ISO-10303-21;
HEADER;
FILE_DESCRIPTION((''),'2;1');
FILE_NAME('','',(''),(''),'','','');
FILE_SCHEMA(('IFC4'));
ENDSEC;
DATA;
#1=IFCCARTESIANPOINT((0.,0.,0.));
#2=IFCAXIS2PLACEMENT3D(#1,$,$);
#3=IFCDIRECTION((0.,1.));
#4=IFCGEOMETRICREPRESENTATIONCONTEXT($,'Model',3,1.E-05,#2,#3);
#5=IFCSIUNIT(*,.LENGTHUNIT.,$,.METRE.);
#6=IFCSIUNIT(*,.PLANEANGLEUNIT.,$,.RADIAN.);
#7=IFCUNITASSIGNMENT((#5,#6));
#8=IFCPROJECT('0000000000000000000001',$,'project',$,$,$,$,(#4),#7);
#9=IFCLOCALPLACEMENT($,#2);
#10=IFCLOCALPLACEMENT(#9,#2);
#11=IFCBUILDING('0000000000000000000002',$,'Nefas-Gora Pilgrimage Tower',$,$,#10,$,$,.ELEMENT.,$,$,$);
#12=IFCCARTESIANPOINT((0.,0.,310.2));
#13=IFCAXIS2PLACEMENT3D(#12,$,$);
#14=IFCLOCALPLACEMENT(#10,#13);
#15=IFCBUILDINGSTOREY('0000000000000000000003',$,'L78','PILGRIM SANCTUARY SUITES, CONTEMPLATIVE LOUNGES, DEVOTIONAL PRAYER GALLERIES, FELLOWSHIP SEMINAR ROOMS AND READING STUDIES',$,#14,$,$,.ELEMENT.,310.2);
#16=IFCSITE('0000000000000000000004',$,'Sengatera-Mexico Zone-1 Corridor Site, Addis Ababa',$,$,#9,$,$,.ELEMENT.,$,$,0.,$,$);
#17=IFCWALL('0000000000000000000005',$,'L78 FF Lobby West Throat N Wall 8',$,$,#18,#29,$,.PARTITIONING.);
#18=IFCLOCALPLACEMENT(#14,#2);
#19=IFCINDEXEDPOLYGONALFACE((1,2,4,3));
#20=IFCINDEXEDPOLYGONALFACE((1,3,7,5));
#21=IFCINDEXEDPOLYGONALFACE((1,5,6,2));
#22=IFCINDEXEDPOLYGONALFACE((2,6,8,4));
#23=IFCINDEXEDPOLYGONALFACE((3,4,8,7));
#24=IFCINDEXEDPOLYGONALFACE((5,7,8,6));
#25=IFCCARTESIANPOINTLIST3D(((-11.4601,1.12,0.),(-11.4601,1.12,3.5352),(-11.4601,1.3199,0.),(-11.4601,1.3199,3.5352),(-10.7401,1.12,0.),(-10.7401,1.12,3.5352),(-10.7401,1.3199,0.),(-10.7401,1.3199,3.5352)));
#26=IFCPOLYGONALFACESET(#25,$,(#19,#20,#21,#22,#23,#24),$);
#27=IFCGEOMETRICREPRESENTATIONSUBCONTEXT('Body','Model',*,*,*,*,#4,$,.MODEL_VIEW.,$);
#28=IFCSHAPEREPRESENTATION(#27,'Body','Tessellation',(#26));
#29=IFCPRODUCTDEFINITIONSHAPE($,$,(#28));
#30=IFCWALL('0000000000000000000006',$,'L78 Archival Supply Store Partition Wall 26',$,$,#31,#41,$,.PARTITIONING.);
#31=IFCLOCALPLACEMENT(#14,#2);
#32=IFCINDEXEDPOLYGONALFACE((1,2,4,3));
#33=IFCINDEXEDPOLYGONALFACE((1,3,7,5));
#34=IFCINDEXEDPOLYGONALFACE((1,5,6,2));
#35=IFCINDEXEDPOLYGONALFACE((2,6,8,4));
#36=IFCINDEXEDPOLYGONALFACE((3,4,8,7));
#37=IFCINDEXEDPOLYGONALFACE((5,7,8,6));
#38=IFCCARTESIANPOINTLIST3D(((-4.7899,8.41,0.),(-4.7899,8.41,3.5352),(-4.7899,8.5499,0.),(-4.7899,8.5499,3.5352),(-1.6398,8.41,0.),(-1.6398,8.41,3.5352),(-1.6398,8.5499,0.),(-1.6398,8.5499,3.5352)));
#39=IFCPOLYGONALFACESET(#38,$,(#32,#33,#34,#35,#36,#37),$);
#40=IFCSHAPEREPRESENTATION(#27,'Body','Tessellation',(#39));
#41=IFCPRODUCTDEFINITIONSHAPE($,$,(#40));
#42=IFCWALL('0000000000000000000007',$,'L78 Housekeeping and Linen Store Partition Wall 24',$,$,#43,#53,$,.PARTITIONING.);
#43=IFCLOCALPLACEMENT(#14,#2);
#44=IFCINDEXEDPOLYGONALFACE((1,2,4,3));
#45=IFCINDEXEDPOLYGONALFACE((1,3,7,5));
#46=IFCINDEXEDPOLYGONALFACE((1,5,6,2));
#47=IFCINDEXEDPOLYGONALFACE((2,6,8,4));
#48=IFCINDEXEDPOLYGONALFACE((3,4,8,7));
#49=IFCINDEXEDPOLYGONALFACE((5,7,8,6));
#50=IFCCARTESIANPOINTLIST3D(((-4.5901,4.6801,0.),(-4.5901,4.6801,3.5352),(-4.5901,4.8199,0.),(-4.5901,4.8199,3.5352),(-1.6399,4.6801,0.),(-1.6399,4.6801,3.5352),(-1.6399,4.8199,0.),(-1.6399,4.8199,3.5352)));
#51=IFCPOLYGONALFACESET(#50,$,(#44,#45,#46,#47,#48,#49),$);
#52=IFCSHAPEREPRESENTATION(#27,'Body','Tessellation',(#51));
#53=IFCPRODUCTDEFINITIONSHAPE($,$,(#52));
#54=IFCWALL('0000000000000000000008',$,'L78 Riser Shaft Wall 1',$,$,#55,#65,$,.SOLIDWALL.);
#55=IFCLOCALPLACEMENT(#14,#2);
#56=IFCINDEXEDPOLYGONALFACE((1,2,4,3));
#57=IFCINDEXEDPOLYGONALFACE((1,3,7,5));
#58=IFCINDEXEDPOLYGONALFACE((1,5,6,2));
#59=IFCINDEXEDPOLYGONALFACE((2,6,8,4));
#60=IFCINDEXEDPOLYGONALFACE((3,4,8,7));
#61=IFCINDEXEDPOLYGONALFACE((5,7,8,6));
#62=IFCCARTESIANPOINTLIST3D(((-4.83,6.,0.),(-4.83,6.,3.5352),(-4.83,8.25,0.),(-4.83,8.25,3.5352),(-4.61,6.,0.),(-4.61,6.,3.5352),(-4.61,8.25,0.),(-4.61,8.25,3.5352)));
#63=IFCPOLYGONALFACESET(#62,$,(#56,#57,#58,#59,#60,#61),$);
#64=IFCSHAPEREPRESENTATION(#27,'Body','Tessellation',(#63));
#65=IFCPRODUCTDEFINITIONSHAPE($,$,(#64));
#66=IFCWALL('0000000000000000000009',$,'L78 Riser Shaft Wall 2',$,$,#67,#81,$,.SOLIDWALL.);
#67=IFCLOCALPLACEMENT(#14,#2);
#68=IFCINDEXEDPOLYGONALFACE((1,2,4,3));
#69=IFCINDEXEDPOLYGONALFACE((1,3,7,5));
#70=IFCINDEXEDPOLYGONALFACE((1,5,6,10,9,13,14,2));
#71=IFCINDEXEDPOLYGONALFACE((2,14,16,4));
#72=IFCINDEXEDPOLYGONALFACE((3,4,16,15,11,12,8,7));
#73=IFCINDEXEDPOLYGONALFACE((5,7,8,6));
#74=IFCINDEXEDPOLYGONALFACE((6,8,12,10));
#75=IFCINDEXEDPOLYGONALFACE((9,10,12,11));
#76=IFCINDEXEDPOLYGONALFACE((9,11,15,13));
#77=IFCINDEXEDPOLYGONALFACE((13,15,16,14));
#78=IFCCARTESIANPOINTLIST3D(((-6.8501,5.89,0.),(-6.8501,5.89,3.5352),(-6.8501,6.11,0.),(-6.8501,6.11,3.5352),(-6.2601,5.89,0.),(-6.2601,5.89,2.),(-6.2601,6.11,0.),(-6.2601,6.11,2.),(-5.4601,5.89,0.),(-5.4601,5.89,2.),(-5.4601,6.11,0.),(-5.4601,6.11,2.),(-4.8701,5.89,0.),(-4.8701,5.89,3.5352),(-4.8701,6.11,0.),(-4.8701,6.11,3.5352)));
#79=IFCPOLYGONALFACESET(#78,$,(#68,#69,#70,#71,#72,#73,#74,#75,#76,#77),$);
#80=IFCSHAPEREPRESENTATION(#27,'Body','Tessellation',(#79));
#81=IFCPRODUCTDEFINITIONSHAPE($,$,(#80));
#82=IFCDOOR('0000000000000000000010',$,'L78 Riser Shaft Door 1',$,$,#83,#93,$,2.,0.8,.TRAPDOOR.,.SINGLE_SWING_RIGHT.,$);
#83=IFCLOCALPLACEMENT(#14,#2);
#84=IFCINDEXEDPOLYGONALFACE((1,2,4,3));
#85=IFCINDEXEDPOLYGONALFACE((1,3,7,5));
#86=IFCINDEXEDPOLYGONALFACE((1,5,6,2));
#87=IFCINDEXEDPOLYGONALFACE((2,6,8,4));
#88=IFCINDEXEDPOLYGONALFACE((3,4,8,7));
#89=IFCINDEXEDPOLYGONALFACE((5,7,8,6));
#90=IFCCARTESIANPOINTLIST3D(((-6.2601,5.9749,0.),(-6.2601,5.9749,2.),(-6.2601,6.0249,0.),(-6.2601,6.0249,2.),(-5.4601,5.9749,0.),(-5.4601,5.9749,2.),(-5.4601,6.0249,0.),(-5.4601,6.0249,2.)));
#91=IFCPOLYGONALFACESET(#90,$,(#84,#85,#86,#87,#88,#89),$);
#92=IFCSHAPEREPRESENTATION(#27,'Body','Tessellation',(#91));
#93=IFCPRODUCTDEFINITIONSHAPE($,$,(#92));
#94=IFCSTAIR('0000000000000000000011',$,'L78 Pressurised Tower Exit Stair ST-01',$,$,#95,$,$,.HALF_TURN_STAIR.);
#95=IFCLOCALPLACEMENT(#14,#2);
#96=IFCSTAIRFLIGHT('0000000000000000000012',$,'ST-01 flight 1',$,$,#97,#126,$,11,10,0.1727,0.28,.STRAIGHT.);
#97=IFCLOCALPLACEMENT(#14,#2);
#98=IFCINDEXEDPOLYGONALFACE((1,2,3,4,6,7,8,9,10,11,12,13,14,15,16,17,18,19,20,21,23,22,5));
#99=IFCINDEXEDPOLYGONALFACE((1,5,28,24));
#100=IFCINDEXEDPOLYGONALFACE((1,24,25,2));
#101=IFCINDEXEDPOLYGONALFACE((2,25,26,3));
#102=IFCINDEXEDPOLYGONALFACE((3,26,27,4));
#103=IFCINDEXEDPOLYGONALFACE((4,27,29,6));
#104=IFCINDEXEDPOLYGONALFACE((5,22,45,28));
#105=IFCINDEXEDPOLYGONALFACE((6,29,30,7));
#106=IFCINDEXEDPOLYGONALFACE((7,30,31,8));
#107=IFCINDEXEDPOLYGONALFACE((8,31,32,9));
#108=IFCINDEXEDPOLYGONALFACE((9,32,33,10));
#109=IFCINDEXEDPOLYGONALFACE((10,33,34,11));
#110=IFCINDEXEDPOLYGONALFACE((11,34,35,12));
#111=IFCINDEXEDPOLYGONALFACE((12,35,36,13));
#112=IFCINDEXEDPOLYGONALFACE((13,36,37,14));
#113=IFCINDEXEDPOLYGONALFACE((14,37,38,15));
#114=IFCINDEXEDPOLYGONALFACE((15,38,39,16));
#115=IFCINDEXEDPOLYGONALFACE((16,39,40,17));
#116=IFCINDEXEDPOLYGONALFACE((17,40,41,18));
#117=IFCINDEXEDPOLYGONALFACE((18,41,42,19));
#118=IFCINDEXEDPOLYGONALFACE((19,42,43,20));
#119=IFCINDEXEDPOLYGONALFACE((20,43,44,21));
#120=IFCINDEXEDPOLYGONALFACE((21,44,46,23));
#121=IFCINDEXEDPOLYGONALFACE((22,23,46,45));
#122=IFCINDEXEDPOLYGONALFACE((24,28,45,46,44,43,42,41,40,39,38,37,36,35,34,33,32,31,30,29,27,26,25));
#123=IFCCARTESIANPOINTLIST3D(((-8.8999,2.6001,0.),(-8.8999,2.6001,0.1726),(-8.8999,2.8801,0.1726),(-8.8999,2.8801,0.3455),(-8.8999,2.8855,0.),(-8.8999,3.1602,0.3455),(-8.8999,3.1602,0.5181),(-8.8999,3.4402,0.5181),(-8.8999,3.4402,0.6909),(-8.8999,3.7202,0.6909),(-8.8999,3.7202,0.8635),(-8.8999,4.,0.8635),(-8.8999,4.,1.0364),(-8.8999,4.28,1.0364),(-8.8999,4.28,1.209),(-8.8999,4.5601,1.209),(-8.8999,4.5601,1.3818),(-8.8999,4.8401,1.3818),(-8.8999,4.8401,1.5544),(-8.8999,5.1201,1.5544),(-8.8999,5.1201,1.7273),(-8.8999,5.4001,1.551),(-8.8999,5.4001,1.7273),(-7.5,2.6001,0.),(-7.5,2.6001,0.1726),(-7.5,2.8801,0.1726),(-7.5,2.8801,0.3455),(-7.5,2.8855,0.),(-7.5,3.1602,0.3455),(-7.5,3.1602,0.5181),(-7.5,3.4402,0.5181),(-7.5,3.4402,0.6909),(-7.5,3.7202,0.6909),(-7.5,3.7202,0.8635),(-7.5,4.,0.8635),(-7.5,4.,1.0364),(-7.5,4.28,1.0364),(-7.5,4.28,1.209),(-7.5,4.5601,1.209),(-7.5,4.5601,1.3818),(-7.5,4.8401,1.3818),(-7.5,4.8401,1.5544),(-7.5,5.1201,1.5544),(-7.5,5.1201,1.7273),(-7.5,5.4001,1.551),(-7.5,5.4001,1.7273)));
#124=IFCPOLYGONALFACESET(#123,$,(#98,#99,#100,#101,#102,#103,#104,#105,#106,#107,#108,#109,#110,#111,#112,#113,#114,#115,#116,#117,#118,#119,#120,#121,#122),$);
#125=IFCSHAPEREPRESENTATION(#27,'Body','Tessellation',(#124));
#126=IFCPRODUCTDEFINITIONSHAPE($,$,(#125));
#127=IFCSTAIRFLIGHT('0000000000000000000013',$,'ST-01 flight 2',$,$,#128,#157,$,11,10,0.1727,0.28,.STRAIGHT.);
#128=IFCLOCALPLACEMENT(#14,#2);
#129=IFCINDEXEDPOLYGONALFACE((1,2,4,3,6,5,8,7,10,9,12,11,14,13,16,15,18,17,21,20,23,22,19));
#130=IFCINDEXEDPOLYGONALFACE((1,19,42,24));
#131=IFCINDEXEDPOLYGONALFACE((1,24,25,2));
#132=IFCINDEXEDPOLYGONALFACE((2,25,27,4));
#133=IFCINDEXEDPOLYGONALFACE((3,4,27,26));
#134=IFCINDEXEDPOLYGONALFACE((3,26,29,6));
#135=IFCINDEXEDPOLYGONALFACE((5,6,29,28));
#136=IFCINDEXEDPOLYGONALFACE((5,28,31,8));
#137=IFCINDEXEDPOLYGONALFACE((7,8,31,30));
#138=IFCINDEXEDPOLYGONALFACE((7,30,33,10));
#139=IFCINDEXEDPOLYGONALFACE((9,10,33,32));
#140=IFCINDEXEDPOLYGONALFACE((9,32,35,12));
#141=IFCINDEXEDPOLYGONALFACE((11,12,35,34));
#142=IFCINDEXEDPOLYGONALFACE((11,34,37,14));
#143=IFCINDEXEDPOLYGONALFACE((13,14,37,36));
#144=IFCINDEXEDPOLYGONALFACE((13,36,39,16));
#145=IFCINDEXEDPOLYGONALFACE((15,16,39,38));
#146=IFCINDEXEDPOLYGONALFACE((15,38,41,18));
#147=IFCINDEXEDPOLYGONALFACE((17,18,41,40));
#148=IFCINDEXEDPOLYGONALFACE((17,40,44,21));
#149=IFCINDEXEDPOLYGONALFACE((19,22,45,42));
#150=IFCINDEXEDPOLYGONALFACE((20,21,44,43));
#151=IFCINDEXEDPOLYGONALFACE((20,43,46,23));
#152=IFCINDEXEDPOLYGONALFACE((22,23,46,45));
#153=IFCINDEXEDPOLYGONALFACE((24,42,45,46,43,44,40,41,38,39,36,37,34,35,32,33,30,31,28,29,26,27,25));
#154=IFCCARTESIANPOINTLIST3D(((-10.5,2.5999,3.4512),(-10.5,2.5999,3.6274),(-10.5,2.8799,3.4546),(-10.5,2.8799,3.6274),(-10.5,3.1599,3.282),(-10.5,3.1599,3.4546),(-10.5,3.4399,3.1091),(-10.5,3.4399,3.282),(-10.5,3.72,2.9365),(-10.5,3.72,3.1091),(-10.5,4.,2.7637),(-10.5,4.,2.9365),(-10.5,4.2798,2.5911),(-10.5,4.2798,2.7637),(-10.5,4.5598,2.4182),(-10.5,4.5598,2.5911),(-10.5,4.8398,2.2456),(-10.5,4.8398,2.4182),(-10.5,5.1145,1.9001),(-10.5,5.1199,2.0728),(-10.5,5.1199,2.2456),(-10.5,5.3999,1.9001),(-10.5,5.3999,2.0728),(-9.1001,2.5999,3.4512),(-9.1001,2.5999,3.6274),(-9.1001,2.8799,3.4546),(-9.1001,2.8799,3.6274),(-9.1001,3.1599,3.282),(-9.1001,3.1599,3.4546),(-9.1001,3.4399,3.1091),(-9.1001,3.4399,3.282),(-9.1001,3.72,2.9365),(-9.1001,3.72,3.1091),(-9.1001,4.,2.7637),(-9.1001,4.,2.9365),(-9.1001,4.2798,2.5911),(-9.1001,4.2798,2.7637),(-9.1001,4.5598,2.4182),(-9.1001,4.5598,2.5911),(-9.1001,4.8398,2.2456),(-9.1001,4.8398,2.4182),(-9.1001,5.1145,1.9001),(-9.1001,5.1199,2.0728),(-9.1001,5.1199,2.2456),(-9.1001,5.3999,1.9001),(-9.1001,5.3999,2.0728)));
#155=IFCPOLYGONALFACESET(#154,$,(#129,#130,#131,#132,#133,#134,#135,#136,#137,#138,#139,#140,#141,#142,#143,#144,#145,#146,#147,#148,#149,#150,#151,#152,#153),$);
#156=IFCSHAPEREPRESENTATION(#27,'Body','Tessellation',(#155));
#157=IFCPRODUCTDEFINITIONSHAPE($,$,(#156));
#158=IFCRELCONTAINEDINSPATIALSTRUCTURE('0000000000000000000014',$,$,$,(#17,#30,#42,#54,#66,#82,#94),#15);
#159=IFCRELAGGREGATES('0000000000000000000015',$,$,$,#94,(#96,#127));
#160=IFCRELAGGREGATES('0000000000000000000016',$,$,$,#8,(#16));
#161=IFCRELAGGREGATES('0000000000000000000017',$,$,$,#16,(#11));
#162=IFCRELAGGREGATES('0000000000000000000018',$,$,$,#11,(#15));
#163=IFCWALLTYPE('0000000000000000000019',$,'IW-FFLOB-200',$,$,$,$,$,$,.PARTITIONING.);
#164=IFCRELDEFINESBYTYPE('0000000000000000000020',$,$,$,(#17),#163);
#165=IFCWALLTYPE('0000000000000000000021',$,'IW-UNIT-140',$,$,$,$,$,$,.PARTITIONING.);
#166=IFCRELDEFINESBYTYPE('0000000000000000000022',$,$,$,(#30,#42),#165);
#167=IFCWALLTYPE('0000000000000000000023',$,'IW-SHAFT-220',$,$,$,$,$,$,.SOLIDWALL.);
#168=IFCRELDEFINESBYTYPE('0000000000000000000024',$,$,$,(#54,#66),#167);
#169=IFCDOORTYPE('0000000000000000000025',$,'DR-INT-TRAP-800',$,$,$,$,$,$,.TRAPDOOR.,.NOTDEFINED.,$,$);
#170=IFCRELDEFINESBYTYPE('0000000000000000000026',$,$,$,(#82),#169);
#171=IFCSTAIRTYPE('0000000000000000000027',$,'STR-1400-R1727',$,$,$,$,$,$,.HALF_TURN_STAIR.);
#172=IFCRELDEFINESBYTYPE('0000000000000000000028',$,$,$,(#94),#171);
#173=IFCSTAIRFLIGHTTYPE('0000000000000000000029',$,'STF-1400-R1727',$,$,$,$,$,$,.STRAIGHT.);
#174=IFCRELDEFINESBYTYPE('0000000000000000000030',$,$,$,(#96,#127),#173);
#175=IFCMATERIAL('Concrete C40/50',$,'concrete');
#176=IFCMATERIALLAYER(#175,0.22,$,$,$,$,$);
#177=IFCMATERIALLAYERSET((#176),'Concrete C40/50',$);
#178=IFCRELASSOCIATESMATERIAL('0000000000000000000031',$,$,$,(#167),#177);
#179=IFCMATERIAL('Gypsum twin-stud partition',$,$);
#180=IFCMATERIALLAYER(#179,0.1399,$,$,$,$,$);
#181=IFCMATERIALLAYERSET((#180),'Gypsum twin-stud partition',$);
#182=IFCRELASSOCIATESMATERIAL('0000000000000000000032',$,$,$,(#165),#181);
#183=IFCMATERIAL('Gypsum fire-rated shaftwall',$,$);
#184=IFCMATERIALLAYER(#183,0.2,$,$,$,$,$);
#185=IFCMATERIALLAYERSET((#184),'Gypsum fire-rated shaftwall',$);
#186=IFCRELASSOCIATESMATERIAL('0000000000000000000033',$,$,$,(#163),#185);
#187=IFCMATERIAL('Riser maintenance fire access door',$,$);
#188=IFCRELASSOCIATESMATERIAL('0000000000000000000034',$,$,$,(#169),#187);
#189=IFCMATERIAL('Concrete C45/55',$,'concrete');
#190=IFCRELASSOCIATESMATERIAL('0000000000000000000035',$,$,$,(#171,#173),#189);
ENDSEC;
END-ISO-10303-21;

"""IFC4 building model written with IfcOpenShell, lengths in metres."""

from ifc_helpers import new_model, si_unit, direction, frame, frame_2d, origin, place, context, subcontext, project, spatial, polyline, rectangle, outline, extrude, source, transform, mapped, material, layer, layer_set, type_object, element, fill, aggregate, save


model = new_model("IFC4")

# Units and contexts
model_context = context("Model", 3, precision=1e-05, world=origin(), true_north=direction((0.0, 1.0)))
body_context = subcontext(model_context, "Body", "Model", "MODEL_VIEW")
ifc_project = project(units=[si_unit("LENGTHUNIT", "METRE"), si_unit("PLANEANGLEUNIT", "RADIAN")], contexts=[model_context])

# Site, building, storey
site_placement = place(None, origin())
site = spatial("IfcSite", under=ifc_project, at=site_placement, Name="Sengatera-Mexico Zone-1 Corridor Site, Addis Ababa", CompositionType="ELEMENT", RefElevation=0.0)
building_placement = place(site_placement, origin())
building = spatial("IfcBuilding", under=site, at=building_placement, Name="Nefas-Gora Pilgrimage Tower", CompositionType="ELEMENT")
storey_placement = place(building_placement, frame((0.0, 0.0, 310.2)))
storey = spatial("IfcBuildingStorey", under=building, at=storey_placement, Name="L78", Description="PILGRIM SANCTUARY SUITES, CONTEMPLATIVE LOUNGES, DEVOTIONAL PRAYER GALLERIES, FELLOWSHIP SEMINAR ROOMS AND READING STUDIES", CompositionType="ELEMENT", Elevation=310.2)

# Shared definitions
ifc_material_1 = material(Name="Concrete C45/55", Category="concrete")

# Shared definitions
ifc_material_2 = material(Name="Concrete C40/50", Category="concrete")
ifc_layer_1 = layer(ifc_material_2, 0.22)
ifc_layer_set_1 = layer_set([ifc_layer_1], Name="Concrete C40/50")
wall_type_1 = type_object("IfcWallType", Name="IW-SHAFT-220", PredefinedType="SOLIDWALL", material=ifc_layer_set_1)

# Walls
ifc_material_3 = material(Name="Gypsum twin-stud partition")
ifc_layer_2 = layer(ifc_material_3, 0.1399)
ifc_layer_set_2 = layer_set([ifc_layer_2], Name="Gypsum twin-stud partition")
wall_type_2 = type_object("IfcWallType", Name="IW-UNIT-140", PredefinedType="PARTITIONING", material=ifc_layer_set_2)
ifc_material_4 = material(Name="Gypsum fire-rated shaftwall")
ifc_layer_3 = layer(ifc_material_4, 0.2)
ifc_layer_set_3 = layer_set([ifc_layer_3], Name="Gypsum fire-rated shaftwall")
wall_type_3 = type_object("IfcWallType", Name="IW-FFLOB-200", PredefinedType="PARTITIONING", material=ifc_layer_set_3)
shared_shape_1 = source(origin(), body_context, "Body", "SweptSolid", [
    extrude(rectangle(XDim=0.72, YDim=0.2, at=frame_2d((0.3599, 0.0))), origin(), (0.0, 0.0, 1.0), 3.5352),
])
wall_1_placement = place(storey_placement, frame((-11.46, 1.22, 0.0), z_axis=(0.0, 0.0, 1.0), x_axis=(1.0, 0.0, 0.0)))
element("IfcWall", 1, at=wall_1_placement, inside=storey, type_object=wall_type_3, Name="L78 FF Lobby West Throat N Wall 8", PredefinedType="PARTITIONING", context=body_context, shape_type="MappedRepresentation", body=[
    mapped(shared_shape_1, transform((0.0, 0.0, 0.0), x_axis=(1.0, 0.0, 0.0), y_axis=(0.0, 1.0, 0.0), z_axis=(0.0, 0.0, 1.0), scale=1.0)),
])
shared_shape_2 = source(origin(), body_context, "Body", "SweptSolid", [
    extrude(rectangle(XDim=3.1501, YDim=0.1399, at=frame_2d((1.5752, 0.0))), origin(), (0.0, 0.0, 1.0), 3.5352),
])
wall_2_placement = place(storey_placement, frame((-4.79, 8.48, 0.0), z_axis=(0.0, 0.0, 1.0), x_axis=(1.0, 0.0, 0.0)))
element("IfcWall", 2, at=wall_2_placement, inside=storey, type_object=wall_type_2, Name="L78 Archival Supply Store Partition Wall 26", PredefinedType="PARTITIONING", context=body_context, shape_type="MappedRepresentation", body=[
    mapped(shared_shape_2, transform((0.0, 0.0, 0.0), x_axis=(1.0, 0.0, 0.0), y_axis=(0.0, 1.0, 0.0), z_axis=(0.0, 0.0, 1.0), scale=1.0)),
])
shared_shape_3 = source(origin(), body_context, "Body", "SweptSolid", [
    extrude(rectangle(XDim=2.9502, YDim=0.1399, at=frame_2d((1.4751, 0.0))), origin(), (0.0, 0.0, 1.0), 3.5352),
])
wall_3_placement = place(storey_placement, frame((-4.5901, 4.75, 0.0), z_axis=(0.0, 0.0, 1.0), x_axis=(1.0, 0.0, 0.0)))
element("IfcWall", 3, at=wall_3_placement, inside=storey, type_object=wall_type_2, Name="L78 Housekeeping and Linen Store Partition Wall 24", PredefinedType="PARTITIONING", context=body_context, shape_type="MappedRepresentation", body=[
    mapped(shared_shape_3, transform((0.0, 0.0, 0.0), x_axis=(1.0, 0.0, 0.0), y_axis=(0.0, 1.0, 0.0), z_axis=(0.0, 0.0, 1.0), scale=1.0)),
])
shared_shape_4 = source(origin(), body_context, "Body", "SweptSolid", [
    extrude(rectangle(XDim=2.25, YDim=0.22, at=frame_2d((1.125, 0.0))), origin(), (0.0, 0.0, 1.0), 3.5352),
])
wall_4_placement = place(storey_placement, frame((-4.72, 6.0, 0.0), z_axis=(0.0, 0.0, 1.0), x_axis=(0.0, 1.0, 0.0)))
element("IfcWall", 4, at=wall_4_placement, inside=storey, type_object=wall_type_1, Name="L78 Riser Shaft Wall 1", PredefinedType="SOLIDWALL", context=body_context, shape_type="MappedRepresentation", body=[
    mapped(shared_shape_4, transform((0.0, 0.0, 0.0), x_axis=(1.0, 0.0, 0.0), y_axis=(0.0, 1.0, 0.0), z_axis=(0.0, 0.0, 1.0), scale=1.0)),
])

# Wall, opening, door
shared_shape_5 = source(origin(), body_context, "Body", "SweptSolid", [
    extrude(rectangle(XDim=1.98, YDim=0.22, at=frame_2d((0.99, 0.0))), origin(), (0.0, 0.0, 1.0), 3.5352),
])
wall_5_placement = place(storey_placement, frame((-6.8501, 6.0, 0.0), z_axis=(0.0, 0.0, 1.0), x_axis=(1.0, 0.0, 0.0)))
wall_5 = element("IfcWall", 5, at=wall_5_placement, inside=storey, type_object=wall_type_1, Name="L78 Riser Shaft Wall 2", PredefinedType="SOLIDWALL", context=body_context, shape_type="MappedRepresentation", body=[
    mapped(shared_shape_5, transform((0.0, 0.0, 0.0), x_axis=(1.0, 0.0, 0.0), y_axis=(0.0, 1.0, 0.0), z_axis=(0.0, 0.0, 1.0), scale=1.0)),
])
opening_1_placement = place(wall_5_placement, frame((0.5901, 0.0, 0.0)))
opening_1 = element("IfcOpeningElement", 6, at=opening_1_placement, cuts=wall_5, PredefinedType="OPENING", context=body_context, shape_type="SweptSolid", body=[
    extrude(rectangle(XDim=0.8, YDim=2.0, at=frame_2d((0.3999, 1.0))), frame((0.0, 0.1199, 0.0), z_axis=(0.0, -1.0, 0.0), x_axis=(1.0, 0.0, 0.0)), (0.0, 0.0, 1.0), 0.24),
])
ifc_material_5 = material(Name="Riser maintenance fire access door")
door_type_1 = type_object("IfcDoorType", Name="DR-INT-TRAP-800", OperationType="NOTDEFINED", PredefinedType="TRAPDOOR", material=ifc_material_5)
shared_shape_6 = source(origin(), body_context, "Body", "SweptSolid", [
    extrude(rectangle(XDim=0.8, YDim=2.0, at=frame_2d((0.3999, 1.0))), frame((0.0, 0.0249, 0.0), z_axis=(0.0, -1.0, 0.0), x_axis=(1.0, 0.0, 0.0)), (0.0, 0.0, 1.0), 0.05),
])
door_1_placement = place(opening_1_placement, origin())
door_1 = element("IfcDoor", 7, at=door_1_placement, inside=storey, type_object=door_type_1, Name="L78 Riser Shaft Door 1", OperationType="SINGLE_SWING_RIGHT", OverallHeight=2.0, OverallWidth=0.8, PredefinedType="TRAPDOOR", context=body_context, shape_type="MappedRepresentation", body=[
    mapped(shared_shape_6, transform((0.0, 0.0, 0.0), x_axis=(1.0, 0.0, 0.0), y_axis=(0.0, 1.0, 0.0), z_axis=(0.0, 0.0, 1.0), scale=1.0)),
])
fill(opening_1, door_1)

# Stair, stair flights
stair_type = type_object("IfcStairType", Name="STR-1400-R1727", PredefinedType="HALF_TURN_STAIR", material=ifc_material_1)
stair_placement = place(storey_placement, origin())
stair = element("IfcStair", 8, at=stair_placement, inside=storey, type_object=stair_type, Name="L78 Pressurised Tower Exit Stair ST-01", PredefinedType="HALF_TURN_STAIR")
stair_flight_type = type_object("IfcStairFlightType", Name="STF-1400-R1727", PredefinedType="STRAIGHT", material=ifc_material_1)
shared_shape_7 = source(origin(), body_context, "Body", "SweptSolid", [
    extrude(outline(polyline([(0.0, 0.0), (0.0, 0.1726), (0.28, 0.1726), (0.28, 0.3455), (0.5601, 0.3455), (0.5601, 0.5181), (0.8401, 0.5181), (0.8401, 0.6909), (1.1201, 0.6909), (1.1201, 0.8635), (1.3999, 0.8635), (1.3999, 1.0364), (1.6799, 1.0364), (1.6799, 1.209), (1.96, 1.209), (1.96, 1.3818), (2.24, 1.3818), (2.24, 1.5544), (2.52, 1.5544), (2.52, 1.7273), (2.8, 1.7273), (2.8, 1.8999), (2.8, 1.551), (0.2854, 0.0), (0.0, 0.0)])), frame((0.0, 0.7, 0.0), z_axis=(0.0, -1.0, 0.0), x_axis=(1.0, 0.0, 0.0)), (0.0, 0.0, 1.0), 1.3999),
])
stair_flight_1_placement = place(storey_placement, frame((-8.2, 2.6001, 0.0), z_axis=(0.0, 0.0, 1.0), x_axis=(0.0, 1.0, 0.0)))
stair_flight_1 = element("IfcStairFlight", 9, at=stair_flight_1_placement, type_object=stair_flight_type, Name="ST-01 flight 1", NumberOfRisers=11, NumberOfTreads=10, PredefinedType="STRAIGHT", RiserHeight=0.1727, TreadLength=0.28, context=body_context, shape_type="MappedRepresentation", body=[
    mapped(shared_shape_7, transform((0.0, 0.0, 0.0), x_axis=(1.0, 0.0, 0.0), y_axis=(0.0, 1.0, 0.0), z_axis=(0.0, 0.0, 1.0), scale=1.0)),
])
stair_flight_2_placement = place(storey_placement, frame((-9.8, 5.3999, 1.9001), z_axis=(0.0, 0.0, 1.0), x_axis=(0.0, -1.0, 0.0)))
stair_flight_2 = element("IfcStairFlight", 10, at=stair_flight_2_placement, type_object=stair_flight_type, Name="ST-01 flight 2", NumberOfRisers=11, NumberOfTreads=10, PredefinedType="STRAIGHT", RiserHeight=0.1727, TreadLength=0.28, context=body_context, shape_type="MappedRepresentation", body=[
    mapped(shared_shape_7, transform((0.0, 0.0, 0.0), x_axis=(1.0, 0.0, 0.0), y_axis=(0.0, 1.0, 0.0), z_axis=(0.0, 0.0, 1.0), scale=1.0)),
])
aggregate(stair, [stair_flight_1, stair_flight_2])

save(model, "model.ifc")
